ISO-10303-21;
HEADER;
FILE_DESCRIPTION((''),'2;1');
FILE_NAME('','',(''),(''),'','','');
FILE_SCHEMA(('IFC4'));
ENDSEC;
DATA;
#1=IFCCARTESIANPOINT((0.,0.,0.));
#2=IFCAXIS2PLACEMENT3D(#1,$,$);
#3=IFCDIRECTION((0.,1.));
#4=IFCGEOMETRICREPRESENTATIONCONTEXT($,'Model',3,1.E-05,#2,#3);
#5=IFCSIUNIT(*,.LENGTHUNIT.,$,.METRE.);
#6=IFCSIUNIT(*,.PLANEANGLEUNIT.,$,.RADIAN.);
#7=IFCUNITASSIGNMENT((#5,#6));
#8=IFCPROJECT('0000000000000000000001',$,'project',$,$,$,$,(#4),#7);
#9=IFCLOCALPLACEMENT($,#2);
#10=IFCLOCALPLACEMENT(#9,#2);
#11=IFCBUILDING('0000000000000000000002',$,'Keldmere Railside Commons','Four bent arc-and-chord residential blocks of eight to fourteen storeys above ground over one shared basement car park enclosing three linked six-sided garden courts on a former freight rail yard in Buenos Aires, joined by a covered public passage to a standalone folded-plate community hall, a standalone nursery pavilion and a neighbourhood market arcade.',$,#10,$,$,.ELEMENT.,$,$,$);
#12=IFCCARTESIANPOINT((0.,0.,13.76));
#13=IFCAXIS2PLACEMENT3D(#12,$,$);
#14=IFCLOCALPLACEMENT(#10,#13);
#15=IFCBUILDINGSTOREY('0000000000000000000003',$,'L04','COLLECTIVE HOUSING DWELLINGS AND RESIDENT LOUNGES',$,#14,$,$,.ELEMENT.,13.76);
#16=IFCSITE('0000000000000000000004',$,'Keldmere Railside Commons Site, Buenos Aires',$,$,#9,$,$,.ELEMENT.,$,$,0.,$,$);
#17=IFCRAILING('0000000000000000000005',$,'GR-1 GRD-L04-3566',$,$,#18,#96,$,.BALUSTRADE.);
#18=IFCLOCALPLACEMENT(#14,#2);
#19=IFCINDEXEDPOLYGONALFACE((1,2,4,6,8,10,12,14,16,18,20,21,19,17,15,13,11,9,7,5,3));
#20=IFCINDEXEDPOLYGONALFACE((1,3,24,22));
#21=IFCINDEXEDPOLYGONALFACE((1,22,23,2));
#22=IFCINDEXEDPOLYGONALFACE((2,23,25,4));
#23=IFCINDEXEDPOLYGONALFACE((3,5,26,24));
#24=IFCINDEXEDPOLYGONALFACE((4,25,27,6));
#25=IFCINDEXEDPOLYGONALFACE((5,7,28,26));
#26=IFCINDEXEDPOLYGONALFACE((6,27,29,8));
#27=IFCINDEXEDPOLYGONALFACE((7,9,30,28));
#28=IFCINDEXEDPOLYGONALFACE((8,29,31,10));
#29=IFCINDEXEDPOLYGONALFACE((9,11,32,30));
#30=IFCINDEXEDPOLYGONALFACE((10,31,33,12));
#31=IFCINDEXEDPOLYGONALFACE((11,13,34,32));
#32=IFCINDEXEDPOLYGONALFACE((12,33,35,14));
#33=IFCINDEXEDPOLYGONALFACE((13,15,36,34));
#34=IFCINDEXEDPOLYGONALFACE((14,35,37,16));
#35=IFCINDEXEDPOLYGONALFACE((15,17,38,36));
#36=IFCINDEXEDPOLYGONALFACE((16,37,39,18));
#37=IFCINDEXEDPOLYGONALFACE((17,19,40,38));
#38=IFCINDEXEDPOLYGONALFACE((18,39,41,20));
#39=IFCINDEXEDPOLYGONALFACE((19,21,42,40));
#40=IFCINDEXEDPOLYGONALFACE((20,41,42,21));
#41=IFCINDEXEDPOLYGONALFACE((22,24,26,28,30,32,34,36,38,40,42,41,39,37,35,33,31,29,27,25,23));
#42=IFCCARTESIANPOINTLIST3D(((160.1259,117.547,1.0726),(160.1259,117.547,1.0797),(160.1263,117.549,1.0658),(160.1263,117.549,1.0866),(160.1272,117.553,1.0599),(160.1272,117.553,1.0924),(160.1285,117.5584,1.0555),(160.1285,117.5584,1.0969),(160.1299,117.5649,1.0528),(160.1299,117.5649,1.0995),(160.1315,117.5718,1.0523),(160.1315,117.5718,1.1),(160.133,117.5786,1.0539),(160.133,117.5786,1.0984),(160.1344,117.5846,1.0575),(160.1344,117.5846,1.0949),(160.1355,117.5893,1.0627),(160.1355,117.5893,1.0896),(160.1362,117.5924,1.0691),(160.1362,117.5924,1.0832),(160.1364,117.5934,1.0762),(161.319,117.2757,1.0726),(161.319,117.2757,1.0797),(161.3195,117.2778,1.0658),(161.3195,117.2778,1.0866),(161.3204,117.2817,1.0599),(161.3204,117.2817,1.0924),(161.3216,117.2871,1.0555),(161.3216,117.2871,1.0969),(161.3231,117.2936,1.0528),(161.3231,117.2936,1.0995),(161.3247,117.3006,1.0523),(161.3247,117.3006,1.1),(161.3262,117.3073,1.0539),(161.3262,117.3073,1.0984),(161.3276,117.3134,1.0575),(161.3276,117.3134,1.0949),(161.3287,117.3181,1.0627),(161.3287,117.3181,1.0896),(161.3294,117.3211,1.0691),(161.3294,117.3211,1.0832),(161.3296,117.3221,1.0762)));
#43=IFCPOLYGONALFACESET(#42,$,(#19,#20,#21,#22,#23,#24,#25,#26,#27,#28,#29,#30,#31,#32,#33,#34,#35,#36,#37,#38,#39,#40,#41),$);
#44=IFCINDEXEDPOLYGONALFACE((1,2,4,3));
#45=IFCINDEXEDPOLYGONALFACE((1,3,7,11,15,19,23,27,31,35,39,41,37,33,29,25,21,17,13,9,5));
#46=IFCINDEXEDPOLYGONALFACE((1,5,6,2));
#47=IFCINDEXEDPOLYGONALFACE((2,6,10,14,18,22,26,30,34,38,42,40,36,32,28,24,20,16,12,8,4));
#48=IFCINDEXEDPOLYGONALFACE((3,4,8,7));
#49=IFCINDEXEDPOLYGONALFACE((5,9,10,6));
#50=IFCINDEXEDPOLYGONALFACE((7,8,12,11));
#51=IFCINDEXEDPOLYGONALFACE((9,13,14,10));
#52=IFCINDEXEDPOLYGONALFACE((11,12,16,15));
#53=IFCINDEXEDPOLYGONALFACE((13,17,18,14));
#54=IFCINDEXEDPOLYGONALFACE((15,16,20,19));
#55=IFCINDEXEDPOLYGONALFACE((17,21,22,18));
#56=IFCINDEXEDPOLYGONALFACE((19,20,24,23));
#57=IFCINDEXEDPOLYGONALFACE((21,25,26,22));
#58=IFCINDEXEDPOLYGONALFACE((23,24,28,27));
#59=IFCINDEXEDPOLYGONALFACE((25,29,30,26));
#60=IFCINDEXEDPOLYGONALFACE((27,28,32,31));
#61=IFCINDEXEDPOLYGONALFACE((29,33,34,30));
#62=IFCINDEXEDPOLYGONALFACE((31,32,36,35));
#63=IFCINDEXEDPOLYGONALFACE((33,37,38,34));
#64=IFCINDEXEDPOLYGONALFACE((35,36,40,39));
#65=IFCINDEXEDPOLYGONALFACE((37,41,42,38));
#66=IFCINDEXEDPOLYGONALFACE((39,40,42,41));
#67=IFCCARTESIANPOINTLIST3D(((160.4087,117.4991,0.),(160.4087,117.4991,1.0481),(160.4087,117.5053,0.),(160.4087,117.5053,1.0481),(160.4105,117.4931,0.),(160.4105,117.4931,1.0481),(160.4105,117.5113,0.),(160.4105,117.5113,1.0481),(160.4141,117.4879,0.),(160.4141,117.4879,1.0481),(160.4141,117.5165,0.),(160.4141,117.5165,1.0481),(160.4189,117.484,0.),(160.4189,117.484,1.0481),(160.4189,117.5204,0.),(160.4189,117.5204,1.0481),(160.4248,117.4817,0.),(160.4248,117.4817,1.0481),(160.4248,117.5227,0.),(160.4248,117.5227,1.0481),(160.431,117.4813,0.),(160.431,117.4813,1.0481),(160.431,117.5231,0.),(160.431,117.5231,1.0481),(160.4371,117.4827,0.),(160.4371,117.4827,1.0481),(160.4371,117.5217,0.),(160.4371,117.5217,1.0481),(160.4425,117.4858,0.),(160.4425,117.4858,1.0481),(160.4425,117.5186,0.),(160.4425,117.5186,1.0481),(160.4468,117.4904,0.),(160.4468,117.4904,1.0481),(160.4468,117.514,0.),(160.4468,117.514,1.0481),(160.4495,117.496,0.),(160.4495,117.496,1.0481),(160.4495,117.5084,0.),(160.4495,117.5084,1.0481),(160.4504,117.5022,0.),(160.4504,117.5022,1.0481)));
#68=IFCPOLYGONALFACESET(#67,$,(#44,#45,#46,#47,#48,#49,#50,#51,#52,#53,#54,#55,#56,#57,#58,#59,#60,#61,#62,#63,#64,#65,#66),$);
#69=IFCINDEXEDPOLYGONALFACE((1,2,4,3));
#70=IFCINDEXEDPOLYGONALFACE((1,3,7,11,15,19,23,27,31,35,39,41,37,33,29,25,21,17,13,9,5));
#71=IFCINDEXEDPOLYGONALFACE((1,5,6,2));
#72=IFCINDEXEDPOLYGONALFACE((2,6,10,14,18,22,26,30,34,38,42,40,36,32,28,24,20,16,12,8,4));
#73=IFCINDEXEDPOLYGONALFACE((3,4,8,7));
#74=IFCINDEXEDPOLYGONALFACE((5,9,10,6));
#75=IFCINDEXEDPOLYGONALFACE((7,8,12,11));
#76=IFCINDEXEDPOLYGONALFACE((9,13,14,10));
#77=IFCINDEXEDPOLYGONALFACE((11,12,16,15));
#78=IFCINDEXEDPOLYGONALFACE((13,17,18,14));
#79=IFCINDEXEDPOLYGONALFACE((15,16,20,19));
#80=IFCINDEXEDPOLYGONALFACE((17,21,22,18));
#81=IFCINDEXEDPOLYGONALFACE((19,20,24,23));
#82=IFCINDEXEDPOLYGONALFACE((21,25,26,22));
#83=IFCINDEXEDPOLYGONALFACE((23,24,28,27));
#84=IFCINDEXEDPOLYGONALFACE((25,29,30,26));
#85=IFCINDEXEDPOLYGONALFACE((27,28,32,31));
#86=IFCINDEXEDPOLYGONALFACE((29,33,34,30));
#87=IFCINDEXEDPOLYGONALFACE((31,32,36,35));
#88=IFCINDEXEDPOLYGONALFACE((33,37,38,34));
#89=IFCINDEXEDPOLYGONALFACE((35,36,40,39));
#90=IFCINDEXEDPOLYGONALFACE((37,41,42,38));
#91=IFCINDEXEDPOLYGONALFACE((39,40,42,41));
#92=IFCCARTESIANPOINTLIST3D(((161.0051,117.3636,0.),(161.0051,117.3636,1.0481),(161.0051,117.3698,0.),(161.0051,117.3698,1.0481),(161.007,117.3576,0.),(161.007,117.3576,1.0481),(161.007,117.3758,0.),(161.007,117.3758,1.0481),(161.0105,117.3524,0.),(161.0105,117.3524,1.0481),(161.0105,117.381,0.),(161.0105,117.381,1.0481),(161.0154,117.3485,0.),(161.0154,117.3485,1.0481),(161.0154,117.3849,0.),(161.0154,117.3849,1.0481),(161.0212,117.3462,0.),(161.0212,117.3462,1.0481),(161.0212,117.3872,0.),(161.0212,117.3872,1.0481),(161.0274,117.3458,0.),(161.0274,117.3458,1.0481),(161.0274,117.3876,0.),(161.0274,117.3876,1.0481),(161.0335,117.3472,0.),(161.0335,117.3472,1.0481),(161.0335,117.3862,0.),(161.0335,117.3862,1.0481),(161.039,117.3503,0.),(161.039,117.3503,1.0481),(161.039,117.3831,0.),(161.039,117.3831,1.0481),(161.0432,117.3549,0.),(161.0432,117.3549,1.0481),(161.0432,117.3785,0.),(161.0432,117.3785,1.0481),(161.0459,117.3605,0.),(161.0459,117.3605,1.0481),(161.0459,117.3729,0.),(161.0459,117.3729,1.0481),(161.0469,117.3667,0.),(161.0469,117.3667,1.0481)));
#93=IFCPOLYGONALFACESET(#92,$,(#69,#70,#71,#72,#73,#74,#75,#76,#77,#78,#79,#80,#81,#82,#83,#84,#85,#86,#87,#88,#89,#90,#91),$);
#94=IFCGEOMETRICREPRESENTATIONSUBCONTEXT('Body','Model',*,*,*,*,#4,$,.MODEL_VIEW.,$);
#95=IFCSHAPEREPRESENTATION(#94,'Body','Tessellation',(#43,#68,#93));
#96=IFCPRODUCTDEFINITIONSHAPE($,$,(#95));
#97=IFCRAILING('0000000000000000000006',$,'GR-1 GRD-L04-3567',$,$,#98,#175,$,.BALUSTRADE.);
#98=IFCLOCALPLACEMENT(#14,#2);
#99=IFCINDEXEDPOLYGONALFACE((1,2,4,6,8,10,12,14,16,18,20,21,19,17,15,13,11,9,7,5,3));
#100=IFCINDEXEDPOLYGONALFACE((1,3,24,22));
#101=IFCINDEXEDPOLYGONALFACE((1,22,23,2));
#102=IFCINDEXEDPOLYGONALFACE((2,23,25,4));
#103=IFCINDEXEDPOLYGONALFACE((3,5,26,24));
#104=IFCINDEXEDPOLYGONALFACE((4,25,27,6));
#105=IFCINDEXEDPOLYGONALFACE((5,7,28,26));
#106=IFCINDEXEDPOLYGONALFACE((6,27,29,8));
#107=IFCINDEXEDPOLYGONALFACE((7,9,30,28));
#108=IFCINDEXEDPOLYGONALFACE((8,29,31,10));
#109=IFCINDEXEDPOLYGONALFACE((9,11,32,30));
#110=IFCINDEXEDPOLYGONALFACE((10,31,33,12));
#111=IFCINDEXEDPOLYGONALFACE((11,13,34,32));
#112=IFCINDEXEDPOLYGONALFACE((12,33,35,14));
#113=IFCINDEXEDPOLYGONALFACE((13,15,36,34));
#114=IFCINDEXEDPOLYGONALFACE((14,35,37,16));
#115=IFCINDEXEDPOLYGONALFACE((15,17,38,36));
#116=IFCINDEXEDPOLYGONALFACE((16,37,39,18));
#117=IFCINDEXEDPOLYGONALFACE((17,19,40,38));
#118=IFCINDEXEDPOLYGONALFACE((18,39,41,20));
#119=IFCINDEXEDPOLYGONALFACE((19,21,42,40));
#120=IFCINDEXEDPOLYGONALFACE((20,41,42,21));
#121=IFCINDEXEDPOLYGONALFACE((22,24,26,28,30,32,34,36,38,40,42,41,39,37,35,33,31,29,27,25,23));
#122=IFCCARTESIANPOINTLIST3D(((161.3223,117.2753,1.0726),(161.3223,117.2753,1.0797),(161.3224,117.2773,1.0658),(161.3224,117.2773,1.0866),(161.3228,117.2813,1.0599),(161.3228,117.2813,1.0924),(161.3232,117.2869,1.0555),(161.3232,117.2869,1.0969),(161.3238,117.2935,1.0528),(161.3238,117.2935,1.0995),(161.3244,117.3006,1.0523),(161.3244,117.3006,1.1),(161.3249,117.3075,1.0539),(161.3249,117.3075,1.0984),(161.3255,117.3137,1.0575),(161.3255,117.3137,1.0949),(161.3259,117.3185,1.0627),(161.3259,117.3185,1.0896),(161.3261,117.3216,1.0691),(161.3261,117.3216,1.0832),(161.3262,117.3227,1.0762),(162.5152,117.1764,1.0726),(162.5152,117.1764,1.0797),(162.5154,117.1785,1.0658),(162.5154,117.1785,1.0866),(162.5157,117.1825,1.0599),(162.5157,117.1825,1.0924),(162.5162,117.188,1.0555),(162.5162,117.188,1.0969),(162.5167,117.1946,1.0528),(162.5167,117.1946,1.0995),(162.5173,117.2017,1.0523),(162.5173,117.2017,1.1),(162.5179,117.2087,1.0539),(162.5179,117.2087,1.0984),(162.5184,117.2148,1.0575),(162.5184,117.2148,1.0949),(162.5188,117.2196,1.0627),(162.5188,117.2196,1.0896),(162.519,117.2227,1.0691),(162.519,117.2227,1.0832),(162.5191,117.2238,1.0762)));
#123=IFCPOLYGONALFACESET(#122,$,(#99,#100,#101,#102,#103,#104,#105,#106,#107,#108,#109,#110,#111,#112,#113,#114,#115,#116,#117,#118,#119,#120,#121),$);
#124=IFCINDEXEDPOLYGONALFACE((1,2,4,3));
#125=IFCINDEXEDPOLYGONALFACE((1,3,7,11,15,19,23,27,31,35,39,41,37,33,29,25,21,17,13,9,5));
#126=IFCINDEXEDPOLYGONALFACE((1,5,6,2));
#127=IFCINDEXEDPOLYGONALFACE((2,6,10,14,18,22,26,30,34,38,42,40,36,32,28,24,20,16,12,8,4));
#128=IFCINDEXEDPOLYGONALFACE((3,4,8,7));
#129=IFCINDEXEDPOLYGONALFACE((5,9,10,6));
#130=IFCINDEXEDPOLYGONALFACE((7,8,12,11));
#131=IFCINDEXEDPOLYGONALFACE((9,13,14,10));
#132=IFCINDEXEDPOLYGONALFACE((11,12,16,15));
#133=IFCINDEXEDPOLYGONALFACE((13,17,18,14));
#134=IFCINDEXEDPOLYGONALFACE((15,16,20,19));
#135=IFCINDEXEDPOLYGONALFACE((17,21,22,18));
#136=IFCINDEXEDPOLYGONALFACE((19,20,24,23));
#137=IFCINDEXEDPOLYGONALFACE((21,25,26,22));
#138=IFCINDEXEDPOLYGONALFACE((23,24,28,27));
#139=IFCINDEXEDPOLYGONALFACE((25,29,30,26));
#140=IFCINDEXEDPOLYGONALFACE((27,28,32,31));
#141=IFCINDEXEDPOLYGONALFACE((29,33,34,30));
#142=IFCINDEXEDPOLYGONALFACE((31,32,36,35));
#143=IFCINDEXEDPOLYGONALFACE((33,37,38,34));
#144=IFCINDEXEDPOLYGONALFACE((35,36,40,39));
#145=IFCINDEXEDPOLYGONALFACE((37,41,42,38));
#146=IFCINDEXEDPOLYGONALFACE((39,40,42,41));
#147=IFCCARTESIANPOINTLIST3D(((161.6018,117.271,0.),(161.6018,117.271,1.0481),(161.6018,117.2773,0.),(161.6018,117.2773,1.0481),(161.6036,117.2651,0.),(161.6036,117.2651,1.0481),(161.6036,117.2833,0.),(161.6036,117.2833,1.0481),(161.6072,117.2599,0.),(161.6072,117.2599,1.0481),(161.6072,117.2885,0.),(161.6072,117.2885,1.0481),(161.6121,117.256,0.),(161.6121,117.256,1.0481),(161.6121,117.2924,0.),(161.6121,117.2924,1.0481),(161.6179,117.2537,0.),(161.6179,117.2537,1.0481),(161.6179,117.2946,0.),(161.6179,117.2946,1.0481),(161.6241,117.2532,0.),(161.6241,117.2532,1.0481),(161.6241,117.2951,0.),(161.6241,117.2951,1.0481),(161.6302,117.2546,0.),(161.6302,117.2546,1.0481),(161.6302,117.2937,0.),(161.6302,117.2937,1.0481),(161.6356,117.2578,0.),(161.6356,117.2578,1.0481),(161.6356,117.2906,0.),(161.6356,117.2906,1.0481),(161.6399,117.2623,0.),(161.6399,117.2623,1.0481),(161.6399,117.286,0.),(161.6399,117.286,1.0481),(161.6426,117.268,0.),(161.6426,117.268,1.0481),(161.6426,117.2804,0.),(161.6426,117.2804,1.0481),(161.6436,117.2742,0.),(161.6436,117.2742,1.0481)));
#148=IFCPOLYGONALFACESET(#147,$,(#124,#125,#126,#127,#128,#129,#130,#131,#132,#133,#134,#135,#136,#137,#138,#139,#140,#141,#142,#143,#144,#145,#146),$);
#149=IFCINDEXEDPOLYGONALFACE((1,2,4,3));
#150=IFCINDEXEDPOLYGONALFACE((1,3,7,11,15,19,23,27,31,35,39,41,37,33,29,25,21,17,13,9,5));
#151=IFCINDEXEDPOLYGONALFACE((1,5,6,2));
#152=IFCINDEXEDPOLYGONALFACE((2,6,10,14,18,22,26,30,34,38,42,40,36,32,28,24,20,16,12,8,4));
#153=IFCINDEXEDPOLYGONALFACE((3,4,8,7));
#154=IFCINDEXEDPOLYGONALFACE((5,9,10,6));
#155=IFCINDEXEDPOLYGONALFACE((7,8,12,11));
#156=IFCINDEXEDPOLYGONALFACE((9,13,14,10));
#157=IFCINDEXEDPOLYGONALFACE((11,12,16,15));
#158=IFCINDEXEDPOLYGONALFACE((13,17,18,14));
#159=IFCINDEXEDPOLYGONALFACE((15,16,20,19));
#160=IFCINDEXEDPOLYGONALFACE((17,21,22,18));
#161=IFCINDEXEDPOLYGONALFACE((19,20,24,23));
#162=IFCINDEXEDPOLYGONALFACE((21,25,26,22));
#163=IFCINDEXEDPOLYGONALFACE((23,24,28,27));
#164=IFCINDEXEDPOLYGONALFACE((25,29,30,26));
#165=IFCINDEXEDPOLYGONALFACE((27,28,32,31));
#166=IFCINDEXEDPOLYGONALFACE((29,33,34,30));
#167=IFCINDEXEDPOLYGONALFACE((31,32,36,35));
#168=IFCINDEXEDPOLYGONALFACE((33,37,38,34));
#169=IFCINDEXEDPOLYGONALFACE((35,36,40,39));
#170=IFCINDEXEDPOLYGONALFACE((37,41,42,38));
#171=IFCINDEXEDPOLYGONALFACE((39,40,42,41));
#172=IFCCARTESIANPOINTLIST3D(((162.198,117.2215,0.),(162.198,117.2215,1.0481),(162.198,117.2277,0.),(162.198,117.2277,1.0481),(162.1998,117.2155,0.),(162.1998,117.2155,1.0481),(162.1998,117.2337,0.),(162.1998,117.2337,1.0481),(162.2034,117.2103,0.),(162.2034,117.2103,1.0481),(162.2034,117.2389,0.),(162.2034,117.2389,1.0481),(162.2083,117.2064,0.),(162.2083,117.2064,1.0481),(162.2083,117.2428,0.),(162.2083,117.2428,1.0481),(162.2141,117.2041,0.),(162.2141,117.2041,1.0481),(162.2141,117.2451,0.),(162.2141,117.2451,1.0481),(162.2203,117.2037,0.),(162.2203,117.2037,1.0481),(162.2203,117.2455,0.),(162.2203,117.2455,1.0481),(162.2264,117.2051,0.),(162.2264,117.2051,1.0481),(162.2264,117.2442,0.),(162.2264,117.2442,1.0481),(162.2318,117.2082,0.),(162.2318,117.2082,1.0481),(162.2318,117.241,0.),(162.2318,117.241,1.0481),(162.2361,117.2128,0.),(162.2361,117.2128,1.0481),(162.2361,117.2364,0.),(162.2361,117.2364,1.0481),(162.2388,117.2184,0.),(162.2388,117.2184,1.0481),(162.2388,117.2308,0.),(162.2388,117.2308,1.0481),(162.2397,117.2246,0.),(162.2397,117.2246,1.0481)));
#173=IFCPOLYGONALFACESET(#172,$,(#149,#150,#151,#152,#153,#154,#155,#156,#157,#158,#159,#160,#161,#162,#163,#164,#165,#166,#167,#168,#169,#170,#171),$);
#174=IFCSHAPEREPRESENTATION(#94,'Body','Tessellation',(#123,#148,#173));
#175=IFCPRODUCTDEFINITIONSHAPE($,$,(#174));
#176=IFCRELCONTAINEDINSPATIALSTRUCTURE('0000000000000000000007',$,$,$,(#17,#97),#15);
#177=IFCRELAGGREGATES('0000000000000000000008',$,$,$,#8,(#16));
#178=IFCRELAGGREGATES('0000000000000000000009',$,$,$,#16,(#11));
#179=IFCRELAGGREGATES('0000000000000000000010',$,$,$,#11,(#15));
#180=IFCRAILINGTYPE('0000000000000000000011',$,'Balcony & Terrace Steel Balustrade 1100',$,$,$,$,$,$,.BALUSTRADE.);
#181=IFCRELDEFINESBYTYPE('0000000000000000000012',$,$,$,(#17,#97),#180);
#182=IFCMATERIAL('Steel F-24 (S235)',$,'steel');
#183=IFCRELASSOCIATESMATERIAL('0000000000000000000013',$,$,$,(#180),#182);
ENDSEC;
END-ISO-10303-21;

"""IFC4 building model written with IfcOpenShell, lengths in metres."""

from ifc_helpers import new_model, si_unit, direction, frame, origin, origin_2d, place, context, subcontext, project, spatial, circle, extrude, material, type_object, element, save


model = new_model("IFC4")

# Units and contexts
model_context = context("Model", 3, precision=1e-05, world=origin(), true_north=direction((0.0, 1.0)))
body_context = subcontext(model_context, "Body", "Model", "MODEL_VIEW")
ifc_project = project(units=[si_unit("LENGTHUNIT", "METRE"), si_unit("PLANEANGLEUNIT", "RADIAN")], contexts=[model_context])

# Site, building, storey
site_placement = place(None, origin())
site = spatial("IfcSite", under=ifc_project, at=site_placement, Name="Keldmere Railside Commons Site, Buenos Aires", CompositionType="ELEMENT", RefElevation=0.0)
building_placement = place(site_placement, origin())
building = spatial("IfcBuilding", under=site, at=building_placement, Name="Keldmere Railside Commons", Description="Four bent arc-and-chord residential blocks of eight to fourteen storeys above ground over one shared basement car park enclosing three linked six-sided garden courts on a former freight rail yard in Buenos Aires, joined by a covered public passage to a standalone folded-plate community hall, a standalone nursery pavilion and a neighbourhood market arcade.", CompositionType="ELEMENT")
storey_placement = place(building_placement, frame((0.0, 0.0, 13.76)))
storey = spatial("IfcBuildingStorey", under=building, at=storey_placement, Name="L04", Description="COLLECTIVE HOUSING DWELLINGS AND RESIDENT LOUNGES", CompositionType="ELEMENT", Elevation=13.76)

# Railings
ifc_material_1 = material(Name="Steel F-24 (S235)", Category="steel")
railing_type = type_object("IfcRailingType", Name="Balcony & Terrace Steel Balustrade 1100", PredefinedType="BALUSTRADE", material=ifc_material_1)
railing_1_placement = place(storey_placement, frame((160.1311, 117.5701, 0.0)))
element("IfcRailing", 1, at=railing_1_placement, inside=storey, type_object=railing_type, Name="GR-1 GRD-L04-3566", PredefinedType="BALUSTRADE", context=body_context, shape_type="SweptSolid", body=[
    extrude(circle(Radius=0.0239, at=origin_2d()), frame((0.0, 0.0, 1.0762), z_axis=(0.975119, -0.221681, 0.0), x_axis=(0.221681, 0.975119, 0.0)), (0.0, 0.0, 1.0), 1.2236),
    extrude(circle(Radius=0.021, at=origin_2d()), frame((0.2983, -0.0679, 0.0)), (0.0, 0.0, 1.0), 1.0481),
    extrude(circle(Radius=0.021, at=origin_2d()), frame((0.8948, -0.2034, 0.0)), (0.0, 0.0, 1.0), 1.0481),
])
railing_2_placement = place(storey_placement, frame((161.3242, 117.2988, 0.0)))
element("IfcRailing", 2, at=railing_2_placement, inside=storey, type_object=railing_type, Name="GR-1 GRD-L04-3567", PredefinedType="BALUSTRADE", context=body_context, shape_type="SweptSolid", body=[
    extrude(circle(Radius=0.0239, at=origin_2d()), frame((0.0, 0.0, 1.0762), z_axis=(0.996582, -0.082607, 0.0), x_axis=(0.082607, 0.996582, 0.0)), (0.0, 0.0, 1.0), 1.197),
    extrude(circle(Radius=0.021, at=origin_2d()), frame((0.2983, -0.0247, 0.0)), (0.0, 0.0, 1.0), 1.0481),
    extrude(circle(Radius=0.021, at=origin_2d()), frame((0.8945, -0.0742, 0.0)), (0.0, 0.0, 1.0), 1.0481),
])

save(model, "model.ifc")
